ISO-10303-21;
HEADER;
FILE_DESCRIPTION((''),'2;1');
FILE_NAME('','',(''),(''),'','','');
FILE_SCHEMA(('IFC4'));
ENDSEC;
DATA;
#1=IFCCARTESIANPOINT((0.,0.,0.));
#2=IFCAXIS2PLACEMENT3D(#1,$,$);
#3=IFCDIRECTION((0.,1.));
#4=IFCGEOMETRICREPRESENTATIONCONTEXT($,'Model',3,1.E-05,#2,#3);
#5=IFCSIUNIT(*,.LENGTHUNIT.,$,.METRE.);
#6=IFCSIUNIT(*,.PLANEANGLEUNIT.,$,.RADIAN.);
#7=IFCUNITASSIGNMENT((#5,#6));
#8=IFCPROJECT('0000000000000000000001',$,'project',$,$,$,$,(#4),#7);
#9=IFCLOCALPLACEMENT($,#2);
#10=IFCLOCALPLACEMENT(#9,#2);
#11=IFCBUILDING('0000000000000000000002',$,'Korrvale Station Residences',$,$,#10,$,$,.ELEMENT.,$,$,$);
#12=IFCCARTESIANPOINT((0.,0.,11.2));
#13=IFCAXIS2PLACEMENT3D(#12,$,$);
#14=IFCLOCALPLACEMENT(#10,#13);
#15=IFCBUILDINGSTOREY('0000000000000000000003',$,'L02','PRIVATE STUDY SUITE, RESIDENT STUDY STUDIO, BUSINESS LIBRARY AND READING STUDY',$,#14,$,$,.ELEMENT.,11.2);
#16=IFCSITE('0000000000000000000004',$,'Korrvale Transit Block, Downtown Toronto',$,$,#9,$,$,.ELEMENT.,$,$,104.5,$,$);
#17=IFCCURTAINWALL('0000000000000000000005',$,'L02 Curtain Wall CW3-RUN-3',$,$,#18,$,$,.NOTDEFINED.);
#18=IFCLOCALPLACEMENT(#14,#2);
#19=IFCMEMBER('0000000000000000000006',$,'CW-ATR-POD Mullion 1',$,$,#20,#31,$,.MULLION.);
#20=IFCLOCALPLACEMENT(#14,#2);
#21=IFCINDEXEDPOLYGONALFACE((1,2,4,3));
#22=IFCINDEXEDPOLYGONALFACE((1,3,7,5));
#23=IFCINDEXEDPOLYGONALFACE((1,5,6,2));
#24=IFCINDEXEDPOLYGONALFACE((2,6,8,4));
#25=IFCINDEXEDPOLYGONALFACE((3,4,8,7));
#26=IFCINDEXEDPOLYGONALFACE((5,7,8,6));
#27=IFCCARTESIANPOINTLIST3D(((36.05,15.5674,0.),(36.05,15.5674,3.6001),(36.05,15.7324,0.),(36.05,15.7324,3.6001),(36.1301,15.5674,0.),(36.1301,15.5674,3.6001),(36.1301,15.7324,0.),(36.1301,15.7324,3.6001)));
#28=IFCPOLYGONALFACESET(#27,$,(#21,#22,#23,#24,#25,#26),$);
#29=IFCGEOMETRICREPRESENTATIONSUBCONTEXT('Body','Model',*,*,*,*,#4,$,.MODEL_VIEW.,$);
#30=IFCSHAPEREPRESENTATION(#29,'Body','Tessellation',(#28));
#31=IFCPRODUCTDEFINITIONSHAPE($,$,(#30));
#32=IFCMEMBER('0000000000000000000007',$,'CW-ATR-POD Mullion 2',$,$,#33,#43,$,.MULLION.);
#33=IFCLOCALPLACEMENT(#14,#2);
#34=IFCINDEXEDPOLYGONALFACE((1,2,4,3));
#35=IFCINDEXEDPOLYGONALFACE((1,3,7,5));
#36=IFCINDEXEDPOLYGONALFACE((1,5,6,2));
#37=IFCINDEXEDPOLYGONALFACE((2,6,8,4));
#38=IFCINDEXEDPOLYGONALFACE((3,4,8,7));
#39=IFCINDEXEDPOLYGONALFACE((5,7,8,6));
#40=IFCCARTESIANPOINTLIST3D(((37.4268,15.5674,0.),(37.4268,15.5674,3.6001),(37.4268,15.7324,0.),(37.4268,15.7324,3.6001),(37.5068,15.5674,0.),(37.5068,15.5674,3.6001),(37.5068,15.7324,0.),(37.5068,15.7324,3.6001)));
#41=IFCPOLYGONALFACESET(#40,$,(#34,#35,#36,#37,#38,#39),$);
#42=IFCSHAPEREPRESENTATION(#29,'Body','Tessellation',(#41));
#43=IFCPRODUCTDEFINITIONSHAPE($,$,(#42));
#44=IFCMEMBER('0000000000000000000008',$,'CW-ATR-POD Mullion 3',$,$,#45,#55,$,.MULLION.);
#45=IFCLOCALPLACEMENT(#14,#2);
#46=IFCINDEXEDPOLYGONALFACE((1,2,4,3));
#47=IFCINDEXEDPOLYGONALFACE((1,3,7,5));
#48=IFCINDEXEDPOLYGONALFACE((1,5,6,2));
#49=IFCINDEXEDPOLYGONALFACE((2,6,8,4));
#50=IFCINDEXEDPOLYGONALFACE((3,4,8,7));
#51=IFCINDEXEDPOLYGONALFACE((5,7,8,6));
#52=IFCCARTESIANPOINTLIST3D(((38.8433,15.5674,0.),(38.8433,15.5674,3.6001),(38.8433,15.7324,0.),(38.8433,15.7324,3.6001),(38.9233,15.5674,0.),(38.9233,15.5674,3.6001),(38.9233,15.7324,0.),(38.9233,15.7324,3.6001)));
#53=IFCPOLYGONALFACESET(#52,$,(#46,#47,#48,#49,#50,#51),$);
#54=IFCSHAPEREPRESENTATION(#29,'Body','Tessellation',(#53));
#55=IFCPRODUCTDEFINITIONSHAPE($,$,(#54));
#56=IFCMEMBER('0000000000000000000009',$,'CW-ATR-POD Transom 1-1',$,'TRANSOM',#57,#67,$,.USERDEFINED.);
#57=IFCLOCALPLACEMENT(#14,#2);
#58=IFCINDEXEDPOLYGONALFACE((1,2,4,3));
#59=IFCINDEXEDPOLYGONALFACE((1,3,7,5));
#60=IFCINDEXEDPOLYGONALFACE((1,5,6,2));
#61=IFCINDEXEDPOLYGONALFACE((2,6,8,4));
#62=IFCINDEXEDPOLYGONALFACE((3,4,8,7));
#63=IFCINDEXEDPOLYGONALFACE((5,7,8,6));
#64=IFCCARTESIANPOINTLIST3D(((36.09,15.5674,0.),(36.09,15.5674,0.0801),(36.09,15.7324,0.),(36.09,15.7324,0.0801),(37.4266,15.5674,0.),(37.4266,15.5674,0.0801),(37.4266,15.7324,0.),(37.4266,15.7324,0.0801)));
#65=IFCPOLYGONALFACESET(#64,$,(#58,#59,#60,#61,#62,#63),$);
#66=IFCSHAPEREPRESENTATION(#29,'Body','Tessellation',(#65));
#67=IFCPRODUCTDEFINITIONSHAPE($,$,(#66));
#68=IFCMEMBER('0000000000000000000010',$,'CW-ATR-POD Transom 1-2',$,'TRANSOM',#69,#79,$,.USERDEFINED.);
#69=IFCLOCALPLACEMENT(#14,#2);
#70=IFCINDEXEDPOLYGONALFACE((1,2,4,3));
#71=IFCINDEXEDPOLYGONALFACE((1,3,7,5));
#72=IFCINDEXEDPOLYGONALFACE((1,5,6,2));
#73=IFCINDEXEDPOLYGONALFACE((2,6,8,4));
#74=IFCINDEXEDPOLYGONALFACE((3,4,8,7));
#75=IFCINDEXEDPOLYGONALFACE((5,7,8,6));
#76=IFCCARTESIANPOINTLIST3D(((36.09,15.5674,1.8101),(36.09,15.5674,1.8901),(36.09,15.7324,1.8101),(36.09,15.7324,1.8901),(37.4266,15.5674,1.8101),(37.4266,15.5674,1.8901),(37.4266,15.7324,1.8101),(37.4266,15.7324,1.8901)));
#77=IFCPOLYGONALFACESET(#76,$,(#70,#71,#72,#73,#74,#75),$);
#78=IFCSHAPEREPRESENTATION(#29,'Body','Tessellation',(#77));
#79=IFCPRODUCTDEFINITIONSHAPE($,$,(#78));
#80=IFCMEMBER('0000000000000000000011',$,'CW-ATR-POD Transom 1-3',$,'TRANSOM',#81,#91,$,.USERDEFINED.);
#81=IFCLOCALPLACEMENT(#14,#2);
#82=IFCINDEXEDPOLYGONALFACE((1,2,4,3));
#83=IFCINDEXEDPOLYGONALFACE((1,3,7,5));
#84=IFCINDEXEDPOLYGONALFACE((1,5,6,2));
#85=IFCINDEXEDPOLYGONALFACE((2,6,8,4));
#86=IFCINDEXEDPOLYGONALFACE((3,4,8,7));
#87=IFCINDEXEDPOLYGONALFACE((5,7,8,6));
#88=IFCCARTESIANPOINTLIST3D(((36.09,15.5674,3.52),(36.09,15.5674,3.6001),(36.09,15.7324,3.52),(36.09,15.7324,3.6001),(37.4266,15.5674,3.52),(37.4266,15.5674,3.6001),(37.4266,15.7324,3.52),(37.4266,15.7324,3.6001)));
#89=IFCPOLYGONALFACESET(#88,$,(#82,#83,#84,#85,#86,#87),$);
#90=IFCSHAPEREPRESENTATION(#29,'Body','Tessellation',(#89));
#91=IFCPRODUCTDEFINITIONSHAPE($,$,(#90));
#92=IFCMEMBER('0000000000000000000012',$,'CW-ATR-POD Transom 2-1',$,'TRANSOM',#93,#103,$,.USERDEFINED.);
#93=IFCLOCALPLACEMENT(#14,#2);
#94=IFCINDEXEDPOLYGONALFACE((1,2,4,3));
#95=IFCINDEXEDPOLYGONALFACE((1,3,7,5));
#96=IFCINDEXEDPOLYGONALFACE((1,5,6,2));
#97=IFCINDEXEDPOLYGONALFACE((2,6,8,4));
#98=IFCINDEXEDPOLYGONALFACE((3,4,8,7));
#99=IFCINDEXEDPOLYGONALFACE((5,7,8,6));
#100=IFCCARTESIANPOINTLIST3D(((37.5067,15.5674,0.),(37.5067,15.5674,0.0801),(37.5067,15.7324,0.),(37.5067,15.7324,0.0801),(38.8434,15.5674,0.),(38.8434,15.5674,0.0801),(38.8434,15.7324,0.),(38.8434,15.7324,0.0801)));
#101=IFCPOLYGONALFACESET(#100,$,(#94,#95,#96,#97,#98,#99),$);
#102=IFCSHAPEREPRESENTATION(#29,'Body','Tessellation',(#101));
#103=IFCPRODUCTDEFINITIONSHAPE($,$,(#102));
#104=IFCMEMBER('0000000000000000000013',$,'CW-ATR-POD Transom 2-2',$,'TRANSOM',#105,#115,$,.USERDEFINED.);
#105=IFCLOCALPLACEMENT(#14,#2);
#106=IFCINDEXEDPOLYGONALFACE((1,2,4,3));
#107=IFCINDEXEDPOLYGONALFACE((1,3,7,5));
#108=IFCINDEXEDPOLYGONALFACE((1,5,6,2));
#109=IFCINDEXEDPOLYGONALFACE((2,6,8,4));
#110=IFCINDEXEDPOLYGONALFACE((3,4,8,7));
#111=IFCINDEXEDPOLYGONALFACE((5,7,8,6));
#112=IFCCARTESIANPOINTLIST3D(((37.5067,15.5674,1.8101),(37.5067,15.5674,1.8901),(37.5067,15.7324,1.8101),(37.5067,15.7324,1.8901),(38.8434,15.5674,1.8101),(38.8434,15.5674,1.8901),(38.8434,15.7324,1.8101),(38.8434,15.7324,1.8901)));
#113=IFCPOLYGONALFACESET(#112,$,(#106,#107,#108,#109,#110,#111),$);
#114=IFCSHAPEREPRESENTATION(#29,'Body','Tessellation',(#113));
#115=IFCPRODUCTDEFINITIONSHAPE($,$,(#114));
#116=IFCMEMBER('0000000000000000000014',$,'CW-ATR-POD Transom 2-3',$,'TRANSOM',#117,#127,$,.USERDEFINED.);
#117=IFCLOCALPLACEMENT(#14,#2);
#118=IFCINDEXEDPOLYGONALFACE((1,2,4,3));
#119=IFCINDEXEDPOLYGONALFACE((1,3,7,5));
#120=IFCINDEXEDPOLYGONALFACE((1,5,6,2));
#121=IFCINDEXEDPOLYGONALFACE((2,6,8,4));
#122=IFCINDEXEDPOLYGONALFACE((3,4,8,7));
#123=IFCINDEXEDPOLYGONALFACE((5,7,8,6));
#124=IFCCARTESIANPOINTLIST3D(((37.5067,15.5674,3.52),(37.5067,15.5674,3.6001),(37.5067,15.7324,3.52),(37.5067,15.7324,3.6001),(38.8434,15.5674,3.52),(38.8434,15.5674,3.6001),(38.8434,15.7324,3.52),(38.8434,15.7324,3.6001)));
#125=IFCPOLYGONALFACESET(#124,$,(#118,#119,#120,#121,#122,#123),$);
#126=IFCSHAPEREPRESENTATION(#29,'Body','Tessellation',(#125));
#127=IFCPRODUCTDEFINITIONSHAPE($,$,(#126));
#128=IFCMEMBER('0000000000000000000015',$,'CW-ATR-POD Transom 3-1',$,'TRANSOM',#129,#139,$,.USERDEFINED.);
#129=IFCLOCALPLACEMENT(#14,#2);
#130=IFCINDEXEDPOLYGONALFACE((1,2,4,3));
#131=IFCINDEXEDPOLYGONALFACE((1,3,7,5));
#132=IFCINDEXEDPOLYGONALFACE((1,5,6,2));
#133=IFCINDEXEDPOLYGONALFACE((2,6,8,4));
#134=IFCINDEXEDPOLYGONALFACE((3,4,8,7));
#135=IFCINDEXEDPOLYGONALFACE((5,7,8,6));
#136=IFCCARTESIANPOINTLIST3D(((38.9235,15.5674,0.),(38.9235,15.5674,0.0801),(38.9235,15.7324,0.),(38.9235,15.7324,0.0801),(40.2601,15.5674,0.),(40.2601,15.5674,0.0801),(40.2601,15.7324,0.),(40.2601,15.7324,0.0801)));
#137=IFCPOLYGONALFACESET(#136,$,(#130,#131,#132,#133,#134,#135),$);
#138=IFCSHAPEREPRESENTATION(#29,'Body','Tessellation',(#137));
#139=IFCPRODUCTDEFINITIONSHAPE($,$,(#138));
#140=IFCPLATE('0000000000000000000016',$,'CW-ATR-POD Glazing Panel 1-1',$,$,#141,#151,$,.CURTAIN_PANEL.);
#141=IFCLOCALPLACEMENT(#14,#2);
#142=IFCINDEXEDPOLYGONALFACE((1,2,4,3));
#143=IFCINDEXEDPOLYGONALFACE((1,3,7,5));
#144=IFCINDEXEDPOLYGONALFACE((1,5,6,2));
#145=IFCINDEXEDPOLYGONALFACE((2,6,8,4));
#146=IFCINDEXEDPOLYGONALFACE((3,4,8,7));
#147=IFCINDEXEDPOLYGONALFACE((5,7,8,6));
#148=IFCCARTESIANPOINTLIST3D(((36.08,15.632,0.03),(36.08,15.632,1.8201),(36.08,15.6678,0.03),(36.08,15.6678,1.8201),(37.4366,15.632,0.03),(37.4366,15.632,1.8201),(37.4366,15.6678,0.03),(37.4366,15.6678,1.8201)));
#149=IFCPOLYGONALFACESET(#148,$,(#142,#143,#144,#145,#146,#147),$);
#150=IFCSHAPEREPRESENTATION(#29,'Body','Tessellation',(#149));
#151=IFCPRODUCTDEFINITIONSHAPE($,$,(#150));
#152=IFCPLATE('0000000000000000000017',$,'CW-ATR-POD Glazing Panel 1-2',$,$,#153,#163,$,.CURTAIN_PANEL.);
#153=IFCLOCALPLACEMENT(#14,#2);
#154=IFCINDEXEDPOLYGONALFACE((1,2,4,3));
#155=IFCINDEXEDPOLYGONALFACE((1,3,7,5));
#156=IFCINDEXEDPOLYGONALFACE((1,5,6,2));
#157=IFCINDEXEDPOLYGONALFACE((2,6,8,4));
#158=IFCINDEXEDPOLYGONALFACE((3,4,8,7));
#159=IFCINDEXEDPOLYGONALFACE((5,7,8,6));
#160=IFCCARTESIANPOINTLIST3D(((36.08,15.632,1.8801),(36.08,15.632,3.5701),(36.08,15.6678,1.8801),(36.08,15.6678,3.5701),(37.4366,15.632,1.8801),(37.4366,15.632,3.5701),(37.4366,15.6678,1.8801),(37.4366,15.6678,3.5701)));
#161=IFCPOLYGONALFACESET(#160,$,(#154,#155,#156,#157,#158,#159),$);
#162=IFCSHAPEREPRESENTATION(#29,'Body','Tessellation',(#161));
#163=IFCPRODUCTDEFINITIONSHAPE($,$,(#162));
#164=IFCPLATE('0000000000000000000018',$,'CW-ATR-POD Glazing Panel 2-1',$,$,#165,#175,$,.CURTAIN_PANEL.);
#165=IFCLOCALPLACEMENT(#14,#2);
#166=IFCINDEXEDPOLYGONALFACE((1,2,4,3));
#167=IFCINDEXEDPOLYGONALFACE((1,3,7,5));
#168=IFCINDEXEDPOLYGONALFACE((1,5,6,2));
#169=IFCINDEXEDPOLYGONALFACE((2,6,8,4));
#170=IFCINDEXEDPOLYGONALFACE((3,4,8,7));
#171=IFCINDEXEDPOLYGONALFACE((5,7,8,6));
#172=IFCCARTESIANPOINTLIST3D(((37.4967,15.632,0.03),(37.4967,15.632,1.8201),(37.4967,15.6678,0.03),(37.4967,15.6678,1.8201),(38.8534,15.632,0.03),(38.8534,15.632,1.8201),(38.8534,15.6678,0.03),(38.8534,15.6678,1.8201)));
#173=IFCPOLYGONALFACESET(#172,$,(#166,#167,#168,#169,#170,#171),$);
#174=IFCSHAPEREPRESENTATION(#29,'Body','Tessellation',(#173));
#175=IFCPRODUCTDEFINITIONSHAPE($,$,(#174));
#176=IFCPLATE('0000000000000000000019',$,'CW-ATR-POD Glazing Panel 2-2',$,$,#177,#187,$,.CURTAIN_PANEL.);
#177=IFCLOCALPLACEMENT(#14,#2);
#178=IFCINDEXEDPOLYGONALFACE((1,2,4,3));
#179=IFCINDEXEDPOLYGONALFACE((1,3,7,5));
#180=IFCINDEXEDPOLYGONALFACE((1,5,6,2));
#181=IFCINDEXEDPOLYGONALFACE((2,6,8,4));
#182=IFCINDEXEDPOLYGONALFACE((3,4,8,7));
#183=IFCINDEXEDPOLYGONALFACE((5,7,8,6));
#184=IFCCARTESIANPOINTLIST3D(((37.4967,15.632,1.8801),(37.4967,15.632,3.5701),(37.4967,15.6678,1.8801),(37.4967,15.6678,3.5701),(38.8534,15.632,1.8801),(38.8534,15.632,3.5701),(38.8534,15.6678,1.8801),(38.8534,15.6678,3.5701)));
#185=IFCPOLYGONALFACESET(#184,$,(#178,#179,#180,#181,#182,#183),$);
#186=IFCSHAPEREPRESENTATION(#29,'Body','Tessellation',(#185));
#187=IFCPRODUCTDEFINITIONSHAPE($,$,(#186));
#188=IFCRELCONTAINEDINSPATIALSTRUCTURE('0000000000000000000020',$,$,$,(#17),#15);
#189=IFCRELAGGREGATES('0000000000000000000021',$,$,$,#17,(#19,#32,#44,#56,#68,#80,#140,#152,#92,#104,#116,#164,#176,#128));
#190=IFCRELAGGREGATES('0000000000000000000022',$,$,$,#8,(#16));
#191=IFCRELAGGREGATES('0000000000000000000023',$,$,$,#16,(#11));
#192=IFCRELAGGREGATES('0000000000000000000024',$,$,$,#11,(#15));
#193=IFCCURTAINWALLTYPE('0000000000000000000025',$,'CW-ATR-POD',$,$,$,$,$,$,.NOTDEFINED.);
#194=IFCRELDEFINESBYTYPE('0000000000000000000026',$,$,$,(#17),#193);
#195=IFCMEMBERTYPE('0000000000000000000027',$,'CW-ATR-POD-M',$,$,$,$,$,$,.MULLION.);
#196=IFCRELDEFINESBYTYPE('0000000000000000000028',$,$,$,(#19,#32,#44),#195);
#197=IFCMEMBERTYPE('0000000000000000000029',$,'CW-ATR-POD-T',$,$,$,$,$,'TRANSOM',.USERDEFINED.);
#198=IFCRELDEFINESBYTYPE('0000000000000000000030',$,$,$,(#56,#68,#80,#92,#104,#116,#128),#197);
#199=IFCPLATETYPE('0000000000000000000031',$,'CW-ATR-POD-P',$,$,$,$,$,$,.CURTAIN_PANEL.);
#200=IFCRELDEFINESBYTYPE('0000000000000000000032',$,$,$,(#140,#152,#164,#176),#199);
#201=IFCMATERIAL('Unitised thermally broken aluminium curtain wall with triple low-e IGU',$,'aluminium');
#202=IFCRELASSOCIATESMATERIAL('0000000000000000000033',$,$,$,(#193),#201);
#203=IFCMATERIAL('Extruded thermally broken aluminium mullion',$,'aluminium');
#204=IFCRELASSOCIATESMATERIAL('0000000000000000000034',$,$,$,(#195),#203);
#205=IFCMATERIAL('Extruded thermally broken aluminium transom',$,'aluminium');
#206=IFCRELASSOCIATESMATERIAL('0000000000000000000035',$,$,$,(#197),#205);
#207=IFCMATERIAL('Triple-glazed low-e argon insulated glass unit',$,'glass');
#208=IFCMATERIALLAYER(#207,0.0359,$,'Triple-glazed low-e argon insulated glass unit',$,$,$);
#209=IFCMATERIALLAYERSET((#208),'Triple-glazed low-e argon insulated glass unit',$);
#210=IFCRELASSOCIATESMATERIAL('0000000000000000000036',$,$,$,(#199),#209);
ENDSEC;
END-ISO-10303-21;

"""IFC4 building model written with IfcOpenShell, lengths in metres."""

from ifc_helpers import new_model, si_unit, direction, frame, origin, origin_2d, place, context, subcontext, project, spatial, rectangle, extrude, material, layer, layer_set, type_object, element, aggregate, save


model = new_model("IFC4")

# Units and contexts
model_context = context("Model", 3, precision=1e-05, world=origin(), true_north=direction((0.0, 1.0)))
body_context = subcontext(model_context, "Body", "Model", "MODEL_VIEW")
ifc_project = project(units=[si_unit("LENGTHUNIT", "METRE"), si_unit("PLANEANGLEUNIT", "RADIAN")], contexts=[model_context])

# Site, building, storey
site_placement = place(None, origin())
site = spatial("IfcSite", under=ifc_project, at=site_placement, Name="Korrvale Transit Block, Downtown Toronto", CompositionType="ELEMENT", RefElevation=104.5)
building_placement = place(site_placement, origin())
building = spatial("IfcBuilding", under=site, at=building_placement, Name="Korrvale Station Residences", CompositionType="ELEMENT")
storey_placement = place(building_placement, frame((0.0, 0.0, 11.2)))
storey = spatial("IfcBuildingStorey", under=building, at=storey_placement, Name="L02", Description="PRIVATE STUDY SUITE, RESIDENT STUDY STUDIO, BUSINESS LIBRARY AND READING STUDY", CompositionType="ELEMENT", Elevation=11.2)

# Curtain wall, members, plates
ifc_material_1 = material(Name="Unitised thermally broken aluminium curtain wall with triple low-e IGU", Category="aluminium")
curtain_wall_type = type_object("IfcCurtainWallType", Name="CW-ATR-POD", PredefinedType="NOTDEFINED", material=ifc_material_1)
curtain_wall_placement = place(storey_placement, origin())
curtain_wall = element("IfcCurtainWall", 1, at=curtain_wall_placement, inside=storey, type_object=curtain_wall_type, Name="L02 Curtain Wall CW3-RUN-3", PredefinedType="NOTDEFINED")
ifc_material_2 = material(Name="Extruded thermally broken aluminium mullion", Category="aluminium")
member_type_1 = type_object("IfcMemberType", Name="CW-ATR-POD-M", PredefinedType="MULLION", material=ifc_material_2)
member_1_placement = place(storey_placement, frame((36.0901, 15.6499, 0.0), z_axis=(0.0, 0.0, 1.0), x_axis=(1.0, 0.0, 0.0)))
member_1 = element("IfcMember", 2, at=member_1_placement, type_object=member_type_1, Name="CW-ATR-POD Mullion 1", PredefinedType="MULLION", context=body_context, shape_type="SweptSolid", body=[
    extrude(rectangle(XDim=0.0801, YDim=0.165, at=origin_2d()), origin(), (0.0, 0.0, 1.0), 3.6001),
])
member_2_placement = place(storey_placement, frame((37.4668, 15.6499, 0.0), z_axis=(0.0, 0.0, 1.0), x_axis=(1.0, 0.0, 0.0)))
member_2 = element("IfcMember", 3, at=member_2_placement, type_object=member_type_1, Name="CW-ATR-POD Mullion 2", PredefinedType="MULLION", context=body_context, shape_type="SweptSolid", body=[
    extrude(rectangle(XDim=0.0801, YDim=0.165, at=origin_2d()), origin(), (0.0, 0.0, 1.0), 3.6001),
])
member_3_placement = place(storey_placement, frame((38.8833, 15.6499, 0.0), z_axis=(0.0, 0.0, 1.0), x_axis=(1.0, 0.0, 0.0)))
member_3 = element("IfcMember", 4, at=member_3_placement, type_object=member_type_1, Name="CW-ATR-POD Mullion 3", PredefinedType="MULLION", context=body_context, shape_type="SweptSolid", body=[
    extrude(rectangle(XDim=0.0801, YDim=0.165, at=origin_2d()), origin(), (0.0, 0.0, 1.0), 3.6001),
])
ifc_material_3 = material(Name="Extruded thermally broken aluminium transom", Category="aluminium")
member_type_2 = type_object("IfcMemberType", Name="CW-ATR-POD-T", ElementType="TRANSOM", PredefinedType="USERDEFINED", material=ifc_material_3)
member_4_placement = place(storey_placement, frame((36.7583, 15.6499, 0.0), z_axis=(0.0, 0.0, 1.0), x_axis=(1.0, 0.0, 0.0)))
member_4 = element("IfcMember", 5, at=member_4_placement, type_object=member_type_2, Name="CW-ATR-POD Transom 1-1", ObjectType="TRANSOM", PredefinedType="USERDEFINED", context=body_context, shape_type="SweptSolid", body=[
    extrude(rectangle(XDim=1.3367, YDim=0.165, at=origin_2d()), origin(), (0.0, 0.0, 1.0), 0.0801),
])
member_5_placement = place(storey_placement, frame((36.7583, 15.6499, 1.8101), z_axis=(0.0, 0.0, 1.0), x_axis=(1.0, 0.0, 0.0)))
member_5 = element("IfcMember", 6, at=member_5_placement, type_object=member_type_2, Name="CW-ATR-POD Transom 1-2", ObjectType="TRANSOM", PredefinedType="USERDEFINED", context=body_context, shape_type="SweptSolid", body=[
    extrude(rectangle(XDim=1.3367, YDim=0.165, at=origin_2d()), origin(), (0.0, 0.0, 1.0), 0.0801),
])
member_6_placement = place(storey_placement, frame((36.7583, 15.6499, 3.52), z_axis=(0.0, 0.0, 1.0), x_axis=(1.0, 0.0, 0.0)))
member_6 = element("IfcMember", 7, at=member_6_placement, type_object=member_type_2, Name="CW-ATR-POD Transom 1-3", ObjectType="TRANSOM", PredefinedType="USERDEFINED", context=body_context, shape_type="SweptSolid", body=[
    extrude(rectangle(XDim=1.3367, YDim=0.165, at=origin_2d()), origin(), (0.0, 0.0, 1.0), 0.0801),
])
member_7_placement = place(storey_placement, frame((38.175, 15.6499, 0.0), z_axis=(0.0, 0.0, 1.0), x_axis=(1.0, 0.0, 0.0)))
member_7 = element("IfcMember", 8, at=member_7_placement, type_object=member_type_2, Name="CW-ATR-POD Transom 2-1", ObjectType="TRANSOM", PredefinedType="USERDEFINED", context=body_context, shape_type="SweptSolid", body=[
    extrude(rectangle(XDim=1.3367, YDim=0.165, at=origin_2d()), origin(), (0.0, 0.0, 1.0), 0.0801),
])
member_8_placement = place(storey_placement, frame((38.175, 15.6499, 1.8101), z_axis=(0.0, 0.0, 1.0), x_axis=(1.0, 0.0, 0.0)))
member_8 = element("IfcMember", 9, at=member_8_placement, type_object=member_type_2, Name="CW-ATR-POD Transom 2-2", ObjectType="TRANSOM", PredefinedType="USERDEFINED", context=body_context, shape_type="SweptSolid", body=[
    extrude(rectangle(XDim=1.3367, YDim=0.165, at=origin_2d()), origin(), (0.0, 0.0, 1.0), 0.0801),
])
member_9_placement = place(storey_placement, frame((38.175, 15.6499, 3.52), z_axis=(0.0, 0.0, 1.0), x_axis=(1.0, 0.0, 0.0)))
member_9 = element("IfcMember", 10, at=member_9_placement, type_object=member_type_2, Name="CW-ATR-POD Transom 2-3", ObjectType="TRANSOM", PredefinedType="USERDEFINED", context=body_context, shape_type="SweptSolid", body=[
    extrude(rectangle(XDim=1.3367, YDim=0.165, at=origin_2d()), origin(), (0.0, 0.0, 1.0), 0.0801),
])
member_10_placement = place(storey_placement, frame((39.5918, 15.6499, 0.0), z_axis=(0.0, 0.0, 1.0), x_axis=(1.0, 0.0, 0.0)))
member_10 = element("IfcMember", 11, at=member_10_placement, type_object=member_type_2, Name="CW-ATR-POD Transom 3-1", ObjectType="TRANSOM", PredefinedType="USERDEFINED", context=body_context, shape_type="SweptSolid", body=[
    extrude(rectangle(XDim=1.3367, YDim=0.165, at=origin_2d()), origin(), (0.0, 0.0, 1.0), 0.0801),
])
ifc_material_4 = material(Name="Triple-glazed low-e argon insulated glass unit", Category="glass")
ifc_layer_1 = layer(ifc_material_4, 0.0359, Name="Triple-glazed low-e argon insulated glass unit")
ifc_layer_set_1 = layer_set([ifc_layer_1], Name="Triple-glazed low-e argon insulated glass unit")
plate_type = type_object("IfcPlateType", Name="CW-ATR-POD-P", PredefinedType="CURTAIN_PANEL", material=ifc_layer_set_1)
plate_1_placement = place(storey_placement, frame((36.7583, 15.6499, 0.03), z_axis=(0.0, 0.0, 1.0), x_axis=(1.0, 0.0, 0.0)))
plate_1 = element("IfcPlate", 12, at=plate_1_placement, type_object=plate_type, Name="CW-ATR-POD Glazing Panel 1-1", PredefinedType="CURTAIN_PANEL", context=body_context, shape_type="SweptSolid", body=[
    extrude(rectangle(XDim=1.3567, YDim=0.0359, at=origin_2d()), origin(), (0.0, 0.0, 1.0), 1.79),
])
plate_2_placement = place(storey_placement, frame((36.7583, 15.6499, 1.8801), z_axis=(0.0, 0.0, 1.0), x_axis=(1.0, 0.0, 0.0)))
plate_2 = element("IfcPlate", 13, at=plate_2_placement, type_object=plate_type, Name="CW-ATR-POD Glazing Panel 1-2", PredefinedType="CURTAIN_PANEL", context=body_context, shape_type="SweptSolid", body=[
    extrude(rectangle(XDim=1.3567, YDim=0.0359, at=origin_2d()), origin(), (0.0, 0.0, 1.0), 1.6899),
])
plate_3_placement = place(storey_placement, frame((38.175, 15.6499, 0.03), z_axis=(0.0, 0.0, 1.0), x_axis=(1.0, 0.0, 0.0)))
plate_3 = element("IfcPlate", 14, at=plate_3_placement, type_object=plate_type, Name="CW-ATR-POD Glazing Panel 2-1", PredefinedType="CURTAIN_PANEL", context=body_context, shape_type="SweptSolid", body=[
    extrude(rectangle(XDim=1.3567, YDim=0.0359, at=origin_2d()), origin(), (0.0, 0.0, 1.0), 1.79),
])
plate_4_placement = place(storey_placement, frame((38.175, 15.6499, 1.8801), z_axis=(0.0, 0.0, 1.0), x_axis=(1.0, 0.0, 0.0)))
plate_4 = element("IfcPlate", 15, at=plate_4_placement, type_object=plate_type, Name="CW-ATR-POD Glazing Panel 2-2", PredefinedType="CURTAIN_PANEL", context=body_context, shape_type="SweptSolid", body=[
    extrude(rectangle(XDim=1.3567, YDim=0.0359, at=origin_2d()), origin(), (0.0, 0.0, 1.0), 1.6899),
])
aggregate(curtain_wall, [member_1, member_2, member_3, member_4, member_5, member_6, plate_1, plate_2, member_7, member_8, member_9, plate_3, plate_4, member_10])

save(model, "model.ifc")
